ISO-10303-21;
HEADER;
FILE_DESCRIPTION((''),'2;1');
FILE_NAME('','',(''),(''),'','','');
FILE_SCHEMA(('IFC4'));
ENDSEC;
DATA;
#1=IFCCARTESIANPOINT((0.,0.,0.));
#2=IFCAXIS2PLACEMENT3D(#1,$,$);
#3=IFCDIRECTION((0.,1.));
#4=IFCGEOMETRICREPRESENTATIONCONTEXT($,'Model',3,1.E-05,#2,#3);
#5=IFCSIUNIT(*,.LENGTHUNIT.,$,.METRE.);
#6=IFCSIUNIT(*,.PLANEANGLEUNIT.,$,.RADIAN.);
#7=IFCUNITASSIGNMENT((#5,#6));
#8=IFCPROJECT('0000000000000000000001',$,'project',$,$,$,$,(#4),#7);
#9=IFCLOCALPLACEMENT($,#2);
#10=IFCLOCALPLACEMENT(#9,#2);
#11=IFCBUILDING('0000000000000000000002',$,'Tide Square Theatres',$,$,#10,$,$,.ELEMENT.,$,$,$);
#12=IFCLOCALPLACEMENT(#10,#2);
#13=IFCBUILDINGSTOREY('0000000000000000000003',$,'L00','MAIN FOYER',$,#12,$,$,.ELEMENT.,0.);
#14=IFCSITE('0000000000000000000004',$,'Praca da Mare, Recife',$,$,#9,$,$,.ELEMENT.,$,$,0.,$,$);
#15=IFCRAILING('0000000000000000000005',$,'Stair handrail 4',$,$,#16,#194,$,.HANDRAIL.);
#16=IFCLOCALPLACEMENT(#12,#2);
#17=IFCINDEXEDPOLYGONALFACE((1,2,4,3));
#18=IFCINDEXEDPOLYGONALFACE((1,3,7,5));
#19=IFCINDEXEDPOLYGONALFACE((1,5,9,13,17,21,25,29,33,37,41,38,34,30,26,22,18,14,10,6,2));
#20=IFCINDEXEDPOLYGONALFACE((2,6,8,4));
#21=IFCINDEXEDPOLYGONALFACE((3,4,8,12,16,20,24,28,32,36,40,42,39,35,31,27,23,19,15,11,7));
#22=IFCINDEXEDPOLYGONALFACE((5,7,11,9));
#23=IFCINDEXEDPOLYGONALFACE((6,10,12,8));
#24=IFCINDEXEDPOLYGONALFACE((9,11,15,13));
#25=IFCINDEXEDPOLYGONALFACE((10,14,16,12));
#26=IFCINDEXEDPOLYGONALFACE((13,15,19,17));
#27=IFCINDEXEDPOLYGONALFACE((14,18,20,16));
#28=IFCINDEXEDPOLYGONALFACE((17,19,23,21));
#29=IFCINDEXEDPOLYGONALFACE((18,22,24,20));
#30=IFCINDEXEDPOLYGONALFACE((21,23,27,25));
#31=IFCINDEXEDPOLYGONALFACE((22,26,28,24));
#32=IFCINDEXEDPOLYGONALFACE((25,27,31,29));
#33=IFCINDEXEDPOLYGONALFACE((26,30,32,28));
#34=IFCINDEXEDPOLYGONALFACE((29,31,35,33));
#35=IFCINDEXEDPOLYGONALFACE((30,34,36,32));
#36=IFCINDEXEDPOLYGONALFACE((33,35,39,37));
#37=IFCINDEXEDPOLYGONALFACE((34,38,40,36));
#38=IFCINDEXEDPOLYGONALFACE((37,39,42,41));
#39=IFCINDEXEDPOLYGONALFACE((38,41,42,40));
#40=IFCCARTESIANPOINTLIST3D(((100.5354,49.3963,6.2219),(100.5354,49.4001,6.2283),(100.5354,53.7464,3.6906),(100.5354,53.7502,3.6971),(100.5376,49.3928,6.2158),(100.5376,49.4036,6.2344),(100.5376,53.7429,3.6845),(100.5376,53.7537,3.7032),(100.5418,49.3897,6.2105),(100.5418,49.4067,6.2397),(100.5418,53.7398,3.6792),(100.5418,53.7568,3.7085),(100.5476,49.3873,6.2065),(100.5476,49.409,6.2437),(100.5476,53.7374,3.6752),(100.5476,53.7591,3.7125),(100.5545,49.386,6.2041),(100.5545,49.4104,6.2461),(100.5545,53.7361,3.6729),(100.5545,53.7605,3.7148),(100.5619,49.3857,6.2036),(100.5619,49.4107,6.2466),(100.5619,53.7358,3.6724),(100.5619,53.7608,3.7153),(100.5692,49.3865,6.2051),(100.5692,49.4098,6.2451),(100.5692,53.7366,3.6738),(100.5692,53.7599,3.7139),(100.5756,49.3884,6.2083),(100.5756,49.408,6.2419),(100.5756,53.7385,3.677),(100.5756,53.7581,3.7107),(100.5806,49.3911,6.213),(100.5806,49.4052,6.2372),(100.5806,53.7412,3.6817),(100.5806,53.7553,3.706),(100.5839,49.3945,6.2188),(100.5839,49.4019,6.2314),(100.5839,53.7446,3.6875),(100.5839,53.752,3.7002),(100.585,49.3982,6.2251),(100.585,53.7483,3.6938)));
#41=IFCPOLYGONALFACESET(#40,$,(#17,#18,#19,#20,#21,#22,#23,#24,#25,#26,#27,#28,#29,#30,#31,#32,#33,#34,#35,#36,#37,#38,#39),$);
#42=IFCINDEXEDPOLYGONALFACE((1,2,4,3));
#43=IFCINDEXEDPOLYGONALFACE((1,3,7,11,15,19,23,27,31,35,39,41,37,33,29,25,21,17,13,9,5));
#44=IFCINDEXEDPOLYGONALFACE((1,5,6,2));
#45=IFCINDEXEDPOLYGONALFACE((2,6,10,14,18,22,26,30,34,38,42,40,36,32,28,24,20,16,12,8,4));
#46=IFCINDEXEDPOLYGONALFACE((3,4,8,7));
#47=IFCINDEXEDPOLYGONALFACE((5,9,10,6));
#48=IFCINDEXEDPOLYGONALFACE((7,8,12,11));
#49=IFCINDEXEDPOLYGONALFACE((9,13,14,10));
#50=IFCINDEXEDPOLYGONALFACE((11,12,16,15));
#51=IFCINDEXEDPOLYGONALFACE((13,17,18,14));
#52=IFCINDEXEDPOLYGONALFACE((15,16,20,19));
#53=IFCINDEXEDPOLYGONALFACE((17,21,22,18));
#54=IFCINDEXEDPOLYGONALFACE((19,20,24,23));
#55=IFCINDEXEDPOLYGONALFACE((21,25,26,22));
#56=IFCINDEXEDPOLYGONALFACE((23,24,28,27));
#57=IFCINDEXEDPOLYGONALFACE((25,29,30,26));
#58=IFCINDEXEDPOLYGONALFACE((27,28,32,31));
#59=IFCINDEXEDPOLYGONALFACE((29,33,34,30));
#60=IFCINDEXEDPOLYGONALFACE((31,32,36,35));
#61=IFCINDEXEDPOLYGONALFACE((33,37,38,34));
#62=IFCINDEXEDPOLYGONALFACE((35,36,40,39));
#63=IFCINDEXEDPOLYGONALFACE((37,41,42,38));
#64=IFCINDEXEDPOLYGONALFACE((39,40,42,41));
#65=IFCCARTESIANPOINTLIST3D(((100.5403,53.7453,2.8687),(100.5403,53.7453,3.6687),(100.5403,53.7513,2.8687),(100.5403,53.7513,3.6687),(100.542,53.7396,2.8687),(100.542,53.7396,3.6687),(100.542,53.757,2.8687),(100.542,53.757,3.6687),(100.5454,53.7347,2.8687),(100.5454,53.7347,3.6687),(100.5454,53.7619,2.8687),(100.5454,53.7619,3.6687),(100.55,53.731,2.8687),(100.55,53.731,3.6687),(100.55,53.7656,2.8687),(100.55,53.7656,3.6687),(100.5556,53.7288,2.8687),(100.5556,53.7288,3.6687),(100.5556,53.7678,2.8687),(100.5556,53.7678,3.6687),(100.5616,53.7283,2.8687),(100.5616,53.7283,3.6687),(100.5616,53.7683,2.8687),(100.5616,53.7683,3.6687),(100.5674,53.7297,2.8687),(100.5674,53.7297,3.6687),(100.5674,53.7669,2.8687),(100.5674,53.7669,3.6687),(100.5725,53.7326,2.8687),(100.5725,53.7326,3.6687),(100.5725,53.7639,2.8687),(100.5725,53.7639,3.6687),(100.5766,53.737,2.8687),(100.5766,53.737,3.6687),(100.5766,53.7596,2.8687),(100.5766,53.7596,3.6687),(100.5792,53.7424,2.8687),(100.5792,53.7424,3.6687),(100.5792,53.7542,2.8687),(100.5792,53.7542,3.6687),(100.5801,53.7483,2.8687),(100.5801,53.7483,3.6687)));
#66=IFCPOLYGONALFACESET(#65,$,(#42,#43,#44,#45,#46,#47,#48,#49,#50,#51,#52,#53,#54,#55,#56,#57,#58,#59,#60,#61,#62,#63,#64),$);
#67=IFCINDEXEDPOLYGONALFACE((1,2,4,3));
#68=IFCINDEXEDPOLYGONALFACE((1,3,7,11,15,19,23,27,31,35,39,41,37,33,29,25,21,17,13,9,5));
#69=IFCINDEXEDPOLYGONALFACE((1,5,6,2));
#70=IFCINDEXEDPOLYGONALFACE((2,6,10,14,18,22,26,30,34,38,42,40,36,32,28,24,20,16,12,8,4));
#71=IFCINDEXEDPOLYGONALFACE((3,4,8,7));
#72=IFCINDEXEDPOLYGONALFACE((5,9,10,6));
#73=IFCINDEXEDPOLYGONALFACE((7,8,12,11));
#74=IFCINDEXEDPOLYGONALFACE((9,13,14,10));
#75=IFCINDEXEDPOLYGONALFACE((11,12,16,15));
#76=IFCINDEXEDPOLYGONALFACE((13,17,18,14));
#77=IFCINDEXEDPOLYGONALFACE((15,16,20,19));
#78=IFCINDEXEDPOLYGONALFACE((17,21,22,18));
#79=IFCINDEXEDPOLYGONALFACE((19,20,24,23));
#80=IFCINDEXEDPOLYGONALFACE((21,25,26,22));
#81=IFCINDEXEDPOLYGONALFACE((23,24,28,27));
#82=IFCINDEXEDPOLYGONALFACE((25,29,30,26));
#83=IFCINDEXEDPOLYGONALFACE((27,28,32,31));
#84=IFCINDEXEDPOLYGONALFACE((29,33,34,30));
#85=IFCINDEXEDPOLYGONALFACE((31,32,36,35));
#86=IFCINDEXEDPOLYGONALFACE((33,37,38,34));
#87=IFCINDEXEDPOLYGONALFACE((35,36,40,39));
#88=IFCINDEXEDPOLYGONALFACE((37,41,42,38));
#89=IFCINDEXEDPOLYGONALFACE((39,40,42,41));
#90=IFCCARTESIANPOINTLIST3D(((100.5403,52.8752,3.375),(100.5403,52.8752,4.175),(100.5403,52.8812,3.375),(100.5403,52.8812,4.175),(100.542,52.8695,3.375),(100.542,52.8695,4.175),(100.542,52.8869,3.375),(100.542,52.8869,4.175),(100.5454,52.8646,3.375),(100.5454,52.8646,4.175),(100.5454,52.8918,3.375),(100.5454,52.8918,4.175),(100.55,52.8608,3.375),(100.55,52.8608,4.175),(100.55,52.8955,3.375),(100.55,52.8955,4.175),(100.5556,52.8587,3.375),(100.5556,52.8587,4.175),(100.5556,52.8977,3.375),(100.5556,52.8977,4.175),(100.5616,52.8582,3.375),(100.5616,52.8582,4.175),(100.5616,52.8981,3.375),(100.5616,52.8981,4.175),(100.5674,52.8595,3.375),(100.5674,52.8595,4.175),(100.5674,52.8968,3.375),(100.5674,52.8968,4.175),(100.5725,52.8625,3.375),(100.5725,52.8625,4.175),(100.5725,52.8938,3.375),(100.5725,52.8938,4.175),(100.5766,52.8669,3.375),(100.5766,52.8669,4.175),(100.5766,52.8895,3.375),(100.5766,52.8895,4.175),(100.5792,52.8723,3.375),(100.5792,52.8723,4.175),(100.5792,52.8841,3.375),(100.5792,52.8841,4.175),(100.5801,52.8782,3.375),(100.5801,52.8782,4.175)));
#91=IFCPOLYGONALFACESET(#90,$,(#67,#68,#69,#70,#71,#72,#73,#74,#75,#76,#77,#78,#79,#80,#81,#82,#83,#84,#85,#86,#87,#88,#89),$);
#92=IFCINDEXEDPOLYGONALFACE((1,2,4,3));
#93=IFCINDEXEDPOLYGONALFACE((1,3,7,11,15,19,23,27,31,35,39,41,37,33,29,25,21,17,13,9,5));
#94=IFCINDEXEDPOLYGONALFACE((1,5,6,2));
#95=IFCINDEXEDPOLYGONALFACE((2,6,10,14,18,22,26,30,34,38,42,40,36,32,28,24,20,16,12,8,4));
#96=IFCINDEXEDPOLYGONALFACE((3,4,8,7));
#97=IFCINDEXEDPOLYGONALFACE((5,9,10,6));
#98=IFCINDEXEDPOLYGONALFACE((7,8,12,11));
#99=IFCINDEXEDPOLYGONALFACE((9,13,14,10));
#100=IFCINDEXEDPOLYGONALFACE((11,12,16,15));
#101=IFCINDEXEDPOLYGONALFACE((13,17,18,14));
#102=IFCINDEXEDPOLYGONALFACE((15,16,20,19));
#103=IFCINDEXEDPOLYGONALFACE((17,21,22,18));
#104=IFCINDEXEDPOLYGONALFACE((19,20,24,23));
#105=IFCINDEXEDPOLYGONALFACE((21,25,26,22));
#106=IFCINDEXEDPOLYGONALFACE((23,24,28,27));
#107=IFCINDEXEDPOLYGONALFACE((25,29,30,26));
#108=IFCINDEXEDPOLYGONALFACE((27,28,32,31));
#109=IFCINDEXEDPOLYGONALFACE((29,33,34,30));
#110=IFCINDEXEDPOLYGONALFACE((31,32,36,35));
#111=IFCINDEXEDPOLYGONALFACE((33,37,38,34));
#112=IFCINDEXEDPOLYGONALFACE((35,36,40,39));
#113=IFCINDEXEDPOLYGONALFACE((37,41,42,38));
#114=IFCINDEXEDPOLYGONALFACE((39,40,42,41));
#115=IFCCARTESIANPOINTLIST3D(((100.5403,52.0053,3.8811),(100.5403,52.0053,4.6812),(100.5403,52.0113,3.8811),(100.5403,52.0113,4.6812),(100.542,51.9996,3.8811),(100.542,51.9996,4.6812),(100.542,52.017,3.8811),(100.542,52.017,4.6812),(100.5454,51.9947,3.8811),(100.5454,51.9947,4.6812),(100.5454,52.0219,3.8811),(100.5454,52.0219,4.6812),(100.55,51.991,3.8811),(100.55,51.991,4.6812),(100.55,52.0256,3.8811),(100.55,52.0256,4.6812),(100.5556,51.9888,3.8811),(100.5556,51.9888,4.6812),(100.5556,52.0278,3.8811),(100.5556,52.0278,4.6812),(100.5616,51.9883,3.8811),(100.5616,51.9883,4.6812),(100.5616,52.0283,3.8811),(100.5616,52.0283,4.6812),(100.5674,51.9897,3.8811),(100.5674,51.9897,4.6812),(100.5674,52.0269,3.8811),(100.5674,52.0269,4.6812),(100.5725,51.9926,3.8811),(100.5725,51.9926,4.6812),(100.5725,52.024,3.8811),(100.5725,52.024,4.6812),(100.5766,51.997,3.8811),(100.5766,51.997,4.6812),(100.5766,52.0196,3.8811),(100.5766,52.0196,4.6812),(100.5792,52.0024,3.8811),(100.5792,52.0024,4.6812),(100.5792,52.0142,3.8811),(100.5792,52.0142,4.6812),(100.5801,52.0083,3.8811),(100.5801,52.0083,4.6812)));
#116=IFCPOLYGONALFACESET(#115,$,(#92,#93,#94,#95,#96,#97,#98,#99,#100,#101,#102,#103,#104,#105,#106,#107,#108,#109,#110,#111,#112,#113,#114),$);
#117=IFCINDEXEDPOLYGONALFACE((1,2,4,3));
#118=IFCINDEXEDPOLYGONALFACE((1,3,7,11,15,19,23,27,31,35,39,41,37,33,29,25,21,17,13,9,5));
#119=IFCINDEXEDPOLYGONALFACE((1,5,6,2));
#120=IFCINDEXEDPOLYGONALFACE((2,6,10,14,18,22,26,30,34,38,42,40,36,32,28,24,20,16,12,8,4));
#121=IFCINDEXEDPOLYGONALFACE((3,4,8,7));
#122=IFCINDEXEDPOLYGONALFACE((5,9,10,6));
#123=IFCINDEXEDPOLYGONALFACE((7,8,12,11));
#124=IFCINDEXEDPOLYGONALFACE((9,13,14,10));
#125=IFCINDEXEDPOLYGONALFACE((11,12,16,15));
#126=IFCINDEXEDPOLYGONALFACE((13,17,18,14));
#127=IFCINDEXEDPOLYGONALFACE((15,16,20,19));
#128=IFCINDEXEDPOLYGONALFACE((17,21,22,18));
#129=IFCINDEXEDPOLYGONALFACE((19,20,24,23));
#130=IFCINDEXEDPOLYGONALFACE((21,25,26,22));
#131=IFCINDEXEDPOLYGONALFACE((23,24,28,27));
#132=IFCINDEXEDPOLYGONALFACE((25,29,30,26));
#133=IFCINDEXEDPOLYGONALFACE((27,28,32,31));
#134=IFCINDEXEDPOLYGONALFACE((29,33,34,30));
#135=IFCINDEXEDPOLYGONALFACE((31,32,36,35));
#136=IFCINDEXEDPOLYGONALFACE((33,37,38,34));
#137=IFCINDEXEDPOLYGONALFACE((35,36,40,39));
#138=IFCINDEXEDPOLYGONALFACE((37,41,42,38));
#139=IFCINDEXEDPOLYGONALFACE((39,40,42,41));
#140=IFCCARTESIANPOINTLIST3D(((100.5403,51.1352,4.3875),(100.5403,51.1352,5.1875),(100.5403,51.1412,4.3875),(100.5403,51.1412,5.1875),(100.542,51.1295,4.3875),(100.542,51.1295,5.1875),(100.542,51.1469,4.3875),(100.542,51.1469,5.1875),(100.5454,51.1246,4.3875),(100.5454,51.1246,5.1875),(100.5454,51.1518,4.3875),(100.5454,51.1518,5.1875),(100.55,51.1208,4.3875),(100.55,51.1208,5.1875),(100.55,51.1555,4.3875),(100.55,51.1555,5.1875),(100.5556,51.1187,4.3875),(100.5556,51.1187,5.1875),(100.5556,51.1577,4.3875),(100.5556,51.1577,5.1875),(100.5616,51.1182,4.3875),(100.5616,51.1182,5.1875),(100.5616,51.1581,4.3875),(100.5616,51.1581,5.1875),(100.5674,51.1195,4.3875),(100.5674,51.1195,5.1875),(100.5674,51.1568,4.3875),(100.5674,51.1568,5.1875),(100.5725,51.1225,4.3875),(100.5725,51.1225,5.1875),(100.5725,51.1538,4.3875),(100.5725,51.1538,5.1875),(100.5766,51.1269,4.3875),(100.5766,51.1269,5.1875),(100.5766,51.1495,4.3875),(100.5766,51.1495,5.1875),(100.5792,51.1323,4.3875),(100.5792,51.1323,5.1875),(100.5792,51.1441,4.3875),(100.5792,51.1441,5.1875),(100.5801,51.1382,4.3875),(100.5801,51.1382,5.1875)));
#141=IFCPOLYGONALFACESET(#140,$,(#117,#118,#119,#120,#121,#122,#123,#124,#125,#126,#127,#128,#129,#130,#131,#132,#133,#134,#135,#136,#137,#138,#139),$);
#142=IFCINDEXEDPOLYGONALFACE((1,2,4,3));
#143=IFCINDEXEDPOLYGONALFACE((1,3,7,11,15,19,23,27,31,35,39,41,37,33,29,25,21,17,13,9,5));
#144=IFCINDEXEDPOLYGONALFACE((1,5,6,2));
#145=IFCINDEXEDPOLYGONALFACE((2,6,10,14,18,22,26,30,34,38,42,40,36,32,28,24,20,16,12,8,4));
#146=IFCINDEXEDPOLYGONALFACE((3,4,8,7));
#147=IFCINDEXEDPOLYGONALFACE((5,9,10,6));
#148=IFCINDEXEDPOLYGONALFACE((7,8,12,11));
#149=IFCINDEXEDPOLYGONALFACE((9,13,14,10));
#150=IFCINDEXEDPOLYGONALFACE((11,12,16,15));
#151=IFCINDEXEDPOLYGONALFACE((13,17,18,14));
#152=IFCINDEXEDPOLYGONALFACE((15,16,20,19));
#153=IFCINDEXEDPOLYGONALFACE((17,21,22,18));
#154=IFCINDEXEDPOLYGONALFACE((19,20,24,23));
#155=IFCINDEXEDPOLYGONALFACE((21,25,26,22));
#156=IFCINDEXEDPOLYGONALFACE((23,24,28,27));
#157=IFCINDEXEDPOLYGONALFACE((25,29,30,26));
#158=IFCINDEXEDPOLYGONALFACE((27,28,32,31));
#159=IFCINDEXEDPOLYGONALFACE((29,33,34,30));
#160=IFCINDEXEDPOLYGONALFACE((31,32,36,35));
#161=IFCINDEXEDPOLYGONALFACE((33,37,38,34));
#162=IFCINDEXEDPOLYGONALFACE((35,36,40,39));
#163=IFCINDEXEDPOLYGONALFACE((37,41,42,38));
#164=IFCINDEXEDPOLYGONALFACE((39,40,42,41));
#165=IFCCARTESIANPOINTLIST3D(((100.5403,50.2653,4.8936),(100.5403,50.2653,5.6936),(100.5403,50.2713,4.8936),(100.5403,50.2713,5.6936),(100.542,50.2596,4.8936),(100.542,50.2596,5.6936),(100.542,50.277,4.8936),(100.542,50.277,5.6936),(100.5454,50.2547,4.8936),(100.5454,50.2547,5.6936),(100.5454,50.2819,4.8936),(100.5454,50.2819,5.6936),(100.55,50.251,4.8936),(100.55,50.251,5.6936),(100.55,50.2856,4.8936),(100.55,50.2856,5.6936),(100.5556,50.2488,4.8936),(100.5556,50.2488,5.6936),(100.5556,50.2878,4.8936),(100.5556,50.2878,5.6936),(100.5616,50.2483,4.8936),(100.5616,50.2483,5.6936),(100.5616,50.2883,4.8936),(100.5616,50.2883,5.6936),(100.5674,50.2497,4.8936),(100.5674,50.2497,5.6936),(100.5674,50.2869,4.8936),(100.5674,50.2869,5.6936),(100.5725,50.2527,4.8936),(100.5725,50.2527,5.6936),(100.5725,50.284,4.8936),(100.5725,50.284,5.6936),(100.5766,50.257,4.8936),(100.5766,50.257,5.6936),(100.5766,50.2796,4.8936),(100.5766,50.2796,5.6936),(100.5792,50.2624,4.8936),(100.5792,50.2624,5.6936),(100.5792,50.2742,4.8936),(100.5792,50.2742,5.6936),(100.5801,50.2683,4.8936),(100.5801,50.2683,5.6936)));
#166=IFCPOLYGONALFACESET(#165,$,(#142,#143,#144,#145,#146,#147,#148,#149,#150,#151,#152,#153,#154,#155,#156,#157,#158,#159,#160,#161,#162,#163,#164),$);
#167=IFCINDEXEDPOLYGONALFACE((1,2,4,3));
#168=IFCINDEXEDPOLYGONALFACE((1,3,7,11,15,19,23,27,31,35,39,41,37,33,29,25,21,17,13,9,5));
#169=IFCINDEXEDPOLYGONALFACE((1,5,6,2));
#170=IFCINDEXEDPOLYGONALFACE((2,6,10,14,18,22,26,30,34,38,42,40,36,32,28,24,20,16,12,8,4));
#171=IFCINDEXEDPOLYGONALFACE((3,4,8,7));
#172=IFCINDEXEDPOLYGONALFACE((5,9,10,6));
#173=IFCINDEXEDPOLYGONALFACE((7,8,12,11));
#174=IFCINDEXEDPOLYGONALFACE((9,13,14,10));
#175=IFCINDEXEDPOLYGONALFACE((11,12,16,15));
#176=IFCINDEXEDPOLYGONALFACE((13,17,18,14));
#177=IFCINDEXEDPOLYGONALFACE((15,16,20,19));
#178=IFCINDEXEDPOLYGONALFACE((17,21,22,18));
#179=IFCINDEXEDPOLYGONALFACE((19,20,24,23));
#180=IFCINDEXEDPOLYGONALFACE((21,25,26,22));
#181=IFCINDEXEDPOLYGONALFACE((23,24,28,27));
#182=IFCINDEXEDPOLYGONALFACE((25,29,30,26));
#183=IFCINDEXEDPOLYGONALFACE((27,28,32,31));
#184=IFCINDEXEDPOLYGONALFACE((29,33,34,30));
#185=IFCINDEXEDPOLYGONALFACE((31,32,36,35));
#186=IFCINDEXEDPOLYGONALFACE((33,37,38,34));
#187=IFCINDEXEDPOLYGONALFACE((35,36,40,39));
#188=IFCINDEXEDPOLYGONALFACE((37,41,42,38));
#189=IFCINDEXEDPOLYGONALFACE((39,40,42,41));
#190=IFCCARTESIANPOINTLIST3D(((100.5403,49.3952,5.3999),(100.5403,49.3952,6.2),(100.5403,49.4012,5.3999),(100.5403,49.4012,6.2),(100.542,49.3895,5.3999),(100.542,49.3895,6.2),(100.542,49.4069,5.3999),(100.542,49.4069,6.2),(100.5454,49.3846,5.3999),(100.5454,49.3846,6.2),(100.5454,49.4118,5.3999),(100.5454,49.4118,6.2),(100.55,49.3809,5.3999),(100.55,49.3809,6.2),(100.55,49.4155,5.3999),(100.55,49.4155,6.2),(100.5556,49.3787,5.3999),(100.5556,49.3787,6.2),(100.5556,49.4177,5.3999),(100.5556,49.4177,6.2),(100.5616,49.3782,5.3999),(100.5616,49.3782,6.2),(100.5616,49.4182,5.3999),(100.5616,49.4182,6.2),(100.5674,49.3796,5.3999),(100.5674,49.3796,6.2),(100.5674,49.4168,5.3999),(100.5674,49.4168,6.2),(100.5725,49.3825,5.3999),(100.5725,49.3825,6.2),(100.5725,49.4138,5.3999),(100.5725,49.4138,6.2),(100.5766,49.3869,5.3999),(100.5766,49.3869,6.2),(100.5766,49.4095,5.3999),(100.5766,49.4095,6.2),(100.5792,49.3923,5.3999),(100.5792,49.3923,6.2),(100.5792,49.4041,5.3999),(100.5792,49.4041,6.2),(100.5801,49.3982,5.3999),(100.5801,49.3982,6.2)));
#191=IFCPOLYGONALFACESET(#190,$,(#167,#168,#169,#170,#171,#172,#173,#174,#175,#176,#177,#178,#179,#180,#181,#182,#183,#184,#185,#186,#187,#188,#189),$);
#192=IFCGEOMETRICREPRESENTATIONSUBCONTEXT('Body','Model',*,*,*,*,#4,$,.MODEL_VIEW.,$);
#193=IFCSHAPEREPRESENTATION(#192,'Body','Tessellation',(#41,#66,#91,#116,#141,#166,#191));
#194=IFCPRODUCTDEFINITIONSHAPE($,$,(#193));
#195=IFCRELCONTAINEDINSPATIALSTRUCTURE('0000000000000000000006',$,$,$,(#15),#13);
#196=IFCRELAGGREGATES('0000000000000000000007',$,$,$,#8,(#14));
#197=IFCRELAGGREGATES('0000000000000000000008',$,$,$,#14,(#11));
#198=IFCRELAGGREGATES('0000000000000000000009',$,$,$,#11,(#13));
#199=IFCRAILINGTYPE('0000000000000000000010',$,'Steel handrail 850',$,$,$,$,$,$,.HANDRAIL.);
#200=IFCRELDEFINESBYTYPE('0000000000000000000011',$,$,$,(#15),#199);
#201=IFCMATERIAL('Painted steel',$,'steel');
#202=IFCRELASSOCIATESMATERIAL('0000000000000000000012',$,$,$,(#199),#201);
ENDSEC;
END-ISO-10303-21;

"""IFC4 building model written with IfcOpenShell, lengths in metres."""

from ifc_helpers import new_model, si_unit, direction, frame, origin, origin_2d, place, context, subcontext, project, spatial, circle, extrude, material, type_object, element, save


model = new_model("IFC4")

# Units and contexts
model_context = context("Model", 3, precision=1e-05, world=origin(), true_north=direction((0.0, 1.0)))
body_context = subcontext(model_context, "Body", "Model", "MODEL_VIEW")
ifc_project = project(units=[si_unit("LENGTHUNIT", "METRE"), si_unit("PLANEANGLEUNIT", "RADIAN")], contexts=[model_context])

# Site, building, storey
site_placement = place(None, origin())
site = spatial("IfcSite", under=ifc_project, at=site_placement, Name="Praca da Mare, Recife", CompositionType="ELEMENT", RefElevation=0.0)
building_placement = place(site_placement, origin())
building = spatial("IfcBuilding", under=site, at=building_placement, Name="Tide Square Theatres", CompositionType="ELEMENT")
storey_placement = place(building_placement, origin())
storey = spatial("IfcBuildingStorey", under=building, at=storey_placement, Name="L00", Description="MAIN FOYER", CompositionType="ELEMENT", Elevation=0.0)

# Railing
ifc_material_1 = material(Name="Painted steel", Category="steel")
railing_type = type_object("IfcRailingType", Name="Steel handrail 850", PredefinedType="HANDRAIL", material=ifc_material_1)
for number, where, name in (
    (1, (100.5601, 53.7483, 2.8687), "Stair handrail 4"),
):
    element("IfcRailing", number, at=place(storey_placement, frame(where)), inside=storey, type_object=railing_type, Name=name, PredefinedType="HANDRAIL", context=body_context, shape_type="SweptSolid", body=[
        extrude(circle(Radius=0.0249, at=origin_2d()), frame((0.0, 0.0, 0.8252), z_axis=(0.0, -0.864324, 0.502936), x_axis=(1.0, 0.0, 0.0)), (0.0, 0.0, 1.0), 5.033),
        extrude(circle(Radius=0.02, at=origin_2d()), origin(), (0.0, 0.0, 1.0), 0.8),
        extrude(circle(Radius=0.02, at=origin_2d()), frame((0.0, -0.8701, 0.5063)), (0.0, 0.0, 1.0), 0.8),
        extrude(circle(Radius=0.02, at=origin_2d()), frame((0.0, -1.74, 1.0125)), (0.0, 0.0, 1.0), 0.8),
        extrude(circle(Radius=0.02, at=origin_2d()), frame((0.0, -2.6101, 1.5188)), (0.0, 0.0, 1.0), 0.8),
        extrude(circle(Radius=0.02, at=origin_2d()), frame((0.0, -3.48, 2.0249)), (0.0, 0.0, 1.0), 0.8),
        extrude(circle(Radius=0.02, at=origin_2d()), frame((0.0, -4.3501, 2.5312)), (0.0, 0.0, 1.0), 0.8),
    ])

save(model, "model.ifc")
